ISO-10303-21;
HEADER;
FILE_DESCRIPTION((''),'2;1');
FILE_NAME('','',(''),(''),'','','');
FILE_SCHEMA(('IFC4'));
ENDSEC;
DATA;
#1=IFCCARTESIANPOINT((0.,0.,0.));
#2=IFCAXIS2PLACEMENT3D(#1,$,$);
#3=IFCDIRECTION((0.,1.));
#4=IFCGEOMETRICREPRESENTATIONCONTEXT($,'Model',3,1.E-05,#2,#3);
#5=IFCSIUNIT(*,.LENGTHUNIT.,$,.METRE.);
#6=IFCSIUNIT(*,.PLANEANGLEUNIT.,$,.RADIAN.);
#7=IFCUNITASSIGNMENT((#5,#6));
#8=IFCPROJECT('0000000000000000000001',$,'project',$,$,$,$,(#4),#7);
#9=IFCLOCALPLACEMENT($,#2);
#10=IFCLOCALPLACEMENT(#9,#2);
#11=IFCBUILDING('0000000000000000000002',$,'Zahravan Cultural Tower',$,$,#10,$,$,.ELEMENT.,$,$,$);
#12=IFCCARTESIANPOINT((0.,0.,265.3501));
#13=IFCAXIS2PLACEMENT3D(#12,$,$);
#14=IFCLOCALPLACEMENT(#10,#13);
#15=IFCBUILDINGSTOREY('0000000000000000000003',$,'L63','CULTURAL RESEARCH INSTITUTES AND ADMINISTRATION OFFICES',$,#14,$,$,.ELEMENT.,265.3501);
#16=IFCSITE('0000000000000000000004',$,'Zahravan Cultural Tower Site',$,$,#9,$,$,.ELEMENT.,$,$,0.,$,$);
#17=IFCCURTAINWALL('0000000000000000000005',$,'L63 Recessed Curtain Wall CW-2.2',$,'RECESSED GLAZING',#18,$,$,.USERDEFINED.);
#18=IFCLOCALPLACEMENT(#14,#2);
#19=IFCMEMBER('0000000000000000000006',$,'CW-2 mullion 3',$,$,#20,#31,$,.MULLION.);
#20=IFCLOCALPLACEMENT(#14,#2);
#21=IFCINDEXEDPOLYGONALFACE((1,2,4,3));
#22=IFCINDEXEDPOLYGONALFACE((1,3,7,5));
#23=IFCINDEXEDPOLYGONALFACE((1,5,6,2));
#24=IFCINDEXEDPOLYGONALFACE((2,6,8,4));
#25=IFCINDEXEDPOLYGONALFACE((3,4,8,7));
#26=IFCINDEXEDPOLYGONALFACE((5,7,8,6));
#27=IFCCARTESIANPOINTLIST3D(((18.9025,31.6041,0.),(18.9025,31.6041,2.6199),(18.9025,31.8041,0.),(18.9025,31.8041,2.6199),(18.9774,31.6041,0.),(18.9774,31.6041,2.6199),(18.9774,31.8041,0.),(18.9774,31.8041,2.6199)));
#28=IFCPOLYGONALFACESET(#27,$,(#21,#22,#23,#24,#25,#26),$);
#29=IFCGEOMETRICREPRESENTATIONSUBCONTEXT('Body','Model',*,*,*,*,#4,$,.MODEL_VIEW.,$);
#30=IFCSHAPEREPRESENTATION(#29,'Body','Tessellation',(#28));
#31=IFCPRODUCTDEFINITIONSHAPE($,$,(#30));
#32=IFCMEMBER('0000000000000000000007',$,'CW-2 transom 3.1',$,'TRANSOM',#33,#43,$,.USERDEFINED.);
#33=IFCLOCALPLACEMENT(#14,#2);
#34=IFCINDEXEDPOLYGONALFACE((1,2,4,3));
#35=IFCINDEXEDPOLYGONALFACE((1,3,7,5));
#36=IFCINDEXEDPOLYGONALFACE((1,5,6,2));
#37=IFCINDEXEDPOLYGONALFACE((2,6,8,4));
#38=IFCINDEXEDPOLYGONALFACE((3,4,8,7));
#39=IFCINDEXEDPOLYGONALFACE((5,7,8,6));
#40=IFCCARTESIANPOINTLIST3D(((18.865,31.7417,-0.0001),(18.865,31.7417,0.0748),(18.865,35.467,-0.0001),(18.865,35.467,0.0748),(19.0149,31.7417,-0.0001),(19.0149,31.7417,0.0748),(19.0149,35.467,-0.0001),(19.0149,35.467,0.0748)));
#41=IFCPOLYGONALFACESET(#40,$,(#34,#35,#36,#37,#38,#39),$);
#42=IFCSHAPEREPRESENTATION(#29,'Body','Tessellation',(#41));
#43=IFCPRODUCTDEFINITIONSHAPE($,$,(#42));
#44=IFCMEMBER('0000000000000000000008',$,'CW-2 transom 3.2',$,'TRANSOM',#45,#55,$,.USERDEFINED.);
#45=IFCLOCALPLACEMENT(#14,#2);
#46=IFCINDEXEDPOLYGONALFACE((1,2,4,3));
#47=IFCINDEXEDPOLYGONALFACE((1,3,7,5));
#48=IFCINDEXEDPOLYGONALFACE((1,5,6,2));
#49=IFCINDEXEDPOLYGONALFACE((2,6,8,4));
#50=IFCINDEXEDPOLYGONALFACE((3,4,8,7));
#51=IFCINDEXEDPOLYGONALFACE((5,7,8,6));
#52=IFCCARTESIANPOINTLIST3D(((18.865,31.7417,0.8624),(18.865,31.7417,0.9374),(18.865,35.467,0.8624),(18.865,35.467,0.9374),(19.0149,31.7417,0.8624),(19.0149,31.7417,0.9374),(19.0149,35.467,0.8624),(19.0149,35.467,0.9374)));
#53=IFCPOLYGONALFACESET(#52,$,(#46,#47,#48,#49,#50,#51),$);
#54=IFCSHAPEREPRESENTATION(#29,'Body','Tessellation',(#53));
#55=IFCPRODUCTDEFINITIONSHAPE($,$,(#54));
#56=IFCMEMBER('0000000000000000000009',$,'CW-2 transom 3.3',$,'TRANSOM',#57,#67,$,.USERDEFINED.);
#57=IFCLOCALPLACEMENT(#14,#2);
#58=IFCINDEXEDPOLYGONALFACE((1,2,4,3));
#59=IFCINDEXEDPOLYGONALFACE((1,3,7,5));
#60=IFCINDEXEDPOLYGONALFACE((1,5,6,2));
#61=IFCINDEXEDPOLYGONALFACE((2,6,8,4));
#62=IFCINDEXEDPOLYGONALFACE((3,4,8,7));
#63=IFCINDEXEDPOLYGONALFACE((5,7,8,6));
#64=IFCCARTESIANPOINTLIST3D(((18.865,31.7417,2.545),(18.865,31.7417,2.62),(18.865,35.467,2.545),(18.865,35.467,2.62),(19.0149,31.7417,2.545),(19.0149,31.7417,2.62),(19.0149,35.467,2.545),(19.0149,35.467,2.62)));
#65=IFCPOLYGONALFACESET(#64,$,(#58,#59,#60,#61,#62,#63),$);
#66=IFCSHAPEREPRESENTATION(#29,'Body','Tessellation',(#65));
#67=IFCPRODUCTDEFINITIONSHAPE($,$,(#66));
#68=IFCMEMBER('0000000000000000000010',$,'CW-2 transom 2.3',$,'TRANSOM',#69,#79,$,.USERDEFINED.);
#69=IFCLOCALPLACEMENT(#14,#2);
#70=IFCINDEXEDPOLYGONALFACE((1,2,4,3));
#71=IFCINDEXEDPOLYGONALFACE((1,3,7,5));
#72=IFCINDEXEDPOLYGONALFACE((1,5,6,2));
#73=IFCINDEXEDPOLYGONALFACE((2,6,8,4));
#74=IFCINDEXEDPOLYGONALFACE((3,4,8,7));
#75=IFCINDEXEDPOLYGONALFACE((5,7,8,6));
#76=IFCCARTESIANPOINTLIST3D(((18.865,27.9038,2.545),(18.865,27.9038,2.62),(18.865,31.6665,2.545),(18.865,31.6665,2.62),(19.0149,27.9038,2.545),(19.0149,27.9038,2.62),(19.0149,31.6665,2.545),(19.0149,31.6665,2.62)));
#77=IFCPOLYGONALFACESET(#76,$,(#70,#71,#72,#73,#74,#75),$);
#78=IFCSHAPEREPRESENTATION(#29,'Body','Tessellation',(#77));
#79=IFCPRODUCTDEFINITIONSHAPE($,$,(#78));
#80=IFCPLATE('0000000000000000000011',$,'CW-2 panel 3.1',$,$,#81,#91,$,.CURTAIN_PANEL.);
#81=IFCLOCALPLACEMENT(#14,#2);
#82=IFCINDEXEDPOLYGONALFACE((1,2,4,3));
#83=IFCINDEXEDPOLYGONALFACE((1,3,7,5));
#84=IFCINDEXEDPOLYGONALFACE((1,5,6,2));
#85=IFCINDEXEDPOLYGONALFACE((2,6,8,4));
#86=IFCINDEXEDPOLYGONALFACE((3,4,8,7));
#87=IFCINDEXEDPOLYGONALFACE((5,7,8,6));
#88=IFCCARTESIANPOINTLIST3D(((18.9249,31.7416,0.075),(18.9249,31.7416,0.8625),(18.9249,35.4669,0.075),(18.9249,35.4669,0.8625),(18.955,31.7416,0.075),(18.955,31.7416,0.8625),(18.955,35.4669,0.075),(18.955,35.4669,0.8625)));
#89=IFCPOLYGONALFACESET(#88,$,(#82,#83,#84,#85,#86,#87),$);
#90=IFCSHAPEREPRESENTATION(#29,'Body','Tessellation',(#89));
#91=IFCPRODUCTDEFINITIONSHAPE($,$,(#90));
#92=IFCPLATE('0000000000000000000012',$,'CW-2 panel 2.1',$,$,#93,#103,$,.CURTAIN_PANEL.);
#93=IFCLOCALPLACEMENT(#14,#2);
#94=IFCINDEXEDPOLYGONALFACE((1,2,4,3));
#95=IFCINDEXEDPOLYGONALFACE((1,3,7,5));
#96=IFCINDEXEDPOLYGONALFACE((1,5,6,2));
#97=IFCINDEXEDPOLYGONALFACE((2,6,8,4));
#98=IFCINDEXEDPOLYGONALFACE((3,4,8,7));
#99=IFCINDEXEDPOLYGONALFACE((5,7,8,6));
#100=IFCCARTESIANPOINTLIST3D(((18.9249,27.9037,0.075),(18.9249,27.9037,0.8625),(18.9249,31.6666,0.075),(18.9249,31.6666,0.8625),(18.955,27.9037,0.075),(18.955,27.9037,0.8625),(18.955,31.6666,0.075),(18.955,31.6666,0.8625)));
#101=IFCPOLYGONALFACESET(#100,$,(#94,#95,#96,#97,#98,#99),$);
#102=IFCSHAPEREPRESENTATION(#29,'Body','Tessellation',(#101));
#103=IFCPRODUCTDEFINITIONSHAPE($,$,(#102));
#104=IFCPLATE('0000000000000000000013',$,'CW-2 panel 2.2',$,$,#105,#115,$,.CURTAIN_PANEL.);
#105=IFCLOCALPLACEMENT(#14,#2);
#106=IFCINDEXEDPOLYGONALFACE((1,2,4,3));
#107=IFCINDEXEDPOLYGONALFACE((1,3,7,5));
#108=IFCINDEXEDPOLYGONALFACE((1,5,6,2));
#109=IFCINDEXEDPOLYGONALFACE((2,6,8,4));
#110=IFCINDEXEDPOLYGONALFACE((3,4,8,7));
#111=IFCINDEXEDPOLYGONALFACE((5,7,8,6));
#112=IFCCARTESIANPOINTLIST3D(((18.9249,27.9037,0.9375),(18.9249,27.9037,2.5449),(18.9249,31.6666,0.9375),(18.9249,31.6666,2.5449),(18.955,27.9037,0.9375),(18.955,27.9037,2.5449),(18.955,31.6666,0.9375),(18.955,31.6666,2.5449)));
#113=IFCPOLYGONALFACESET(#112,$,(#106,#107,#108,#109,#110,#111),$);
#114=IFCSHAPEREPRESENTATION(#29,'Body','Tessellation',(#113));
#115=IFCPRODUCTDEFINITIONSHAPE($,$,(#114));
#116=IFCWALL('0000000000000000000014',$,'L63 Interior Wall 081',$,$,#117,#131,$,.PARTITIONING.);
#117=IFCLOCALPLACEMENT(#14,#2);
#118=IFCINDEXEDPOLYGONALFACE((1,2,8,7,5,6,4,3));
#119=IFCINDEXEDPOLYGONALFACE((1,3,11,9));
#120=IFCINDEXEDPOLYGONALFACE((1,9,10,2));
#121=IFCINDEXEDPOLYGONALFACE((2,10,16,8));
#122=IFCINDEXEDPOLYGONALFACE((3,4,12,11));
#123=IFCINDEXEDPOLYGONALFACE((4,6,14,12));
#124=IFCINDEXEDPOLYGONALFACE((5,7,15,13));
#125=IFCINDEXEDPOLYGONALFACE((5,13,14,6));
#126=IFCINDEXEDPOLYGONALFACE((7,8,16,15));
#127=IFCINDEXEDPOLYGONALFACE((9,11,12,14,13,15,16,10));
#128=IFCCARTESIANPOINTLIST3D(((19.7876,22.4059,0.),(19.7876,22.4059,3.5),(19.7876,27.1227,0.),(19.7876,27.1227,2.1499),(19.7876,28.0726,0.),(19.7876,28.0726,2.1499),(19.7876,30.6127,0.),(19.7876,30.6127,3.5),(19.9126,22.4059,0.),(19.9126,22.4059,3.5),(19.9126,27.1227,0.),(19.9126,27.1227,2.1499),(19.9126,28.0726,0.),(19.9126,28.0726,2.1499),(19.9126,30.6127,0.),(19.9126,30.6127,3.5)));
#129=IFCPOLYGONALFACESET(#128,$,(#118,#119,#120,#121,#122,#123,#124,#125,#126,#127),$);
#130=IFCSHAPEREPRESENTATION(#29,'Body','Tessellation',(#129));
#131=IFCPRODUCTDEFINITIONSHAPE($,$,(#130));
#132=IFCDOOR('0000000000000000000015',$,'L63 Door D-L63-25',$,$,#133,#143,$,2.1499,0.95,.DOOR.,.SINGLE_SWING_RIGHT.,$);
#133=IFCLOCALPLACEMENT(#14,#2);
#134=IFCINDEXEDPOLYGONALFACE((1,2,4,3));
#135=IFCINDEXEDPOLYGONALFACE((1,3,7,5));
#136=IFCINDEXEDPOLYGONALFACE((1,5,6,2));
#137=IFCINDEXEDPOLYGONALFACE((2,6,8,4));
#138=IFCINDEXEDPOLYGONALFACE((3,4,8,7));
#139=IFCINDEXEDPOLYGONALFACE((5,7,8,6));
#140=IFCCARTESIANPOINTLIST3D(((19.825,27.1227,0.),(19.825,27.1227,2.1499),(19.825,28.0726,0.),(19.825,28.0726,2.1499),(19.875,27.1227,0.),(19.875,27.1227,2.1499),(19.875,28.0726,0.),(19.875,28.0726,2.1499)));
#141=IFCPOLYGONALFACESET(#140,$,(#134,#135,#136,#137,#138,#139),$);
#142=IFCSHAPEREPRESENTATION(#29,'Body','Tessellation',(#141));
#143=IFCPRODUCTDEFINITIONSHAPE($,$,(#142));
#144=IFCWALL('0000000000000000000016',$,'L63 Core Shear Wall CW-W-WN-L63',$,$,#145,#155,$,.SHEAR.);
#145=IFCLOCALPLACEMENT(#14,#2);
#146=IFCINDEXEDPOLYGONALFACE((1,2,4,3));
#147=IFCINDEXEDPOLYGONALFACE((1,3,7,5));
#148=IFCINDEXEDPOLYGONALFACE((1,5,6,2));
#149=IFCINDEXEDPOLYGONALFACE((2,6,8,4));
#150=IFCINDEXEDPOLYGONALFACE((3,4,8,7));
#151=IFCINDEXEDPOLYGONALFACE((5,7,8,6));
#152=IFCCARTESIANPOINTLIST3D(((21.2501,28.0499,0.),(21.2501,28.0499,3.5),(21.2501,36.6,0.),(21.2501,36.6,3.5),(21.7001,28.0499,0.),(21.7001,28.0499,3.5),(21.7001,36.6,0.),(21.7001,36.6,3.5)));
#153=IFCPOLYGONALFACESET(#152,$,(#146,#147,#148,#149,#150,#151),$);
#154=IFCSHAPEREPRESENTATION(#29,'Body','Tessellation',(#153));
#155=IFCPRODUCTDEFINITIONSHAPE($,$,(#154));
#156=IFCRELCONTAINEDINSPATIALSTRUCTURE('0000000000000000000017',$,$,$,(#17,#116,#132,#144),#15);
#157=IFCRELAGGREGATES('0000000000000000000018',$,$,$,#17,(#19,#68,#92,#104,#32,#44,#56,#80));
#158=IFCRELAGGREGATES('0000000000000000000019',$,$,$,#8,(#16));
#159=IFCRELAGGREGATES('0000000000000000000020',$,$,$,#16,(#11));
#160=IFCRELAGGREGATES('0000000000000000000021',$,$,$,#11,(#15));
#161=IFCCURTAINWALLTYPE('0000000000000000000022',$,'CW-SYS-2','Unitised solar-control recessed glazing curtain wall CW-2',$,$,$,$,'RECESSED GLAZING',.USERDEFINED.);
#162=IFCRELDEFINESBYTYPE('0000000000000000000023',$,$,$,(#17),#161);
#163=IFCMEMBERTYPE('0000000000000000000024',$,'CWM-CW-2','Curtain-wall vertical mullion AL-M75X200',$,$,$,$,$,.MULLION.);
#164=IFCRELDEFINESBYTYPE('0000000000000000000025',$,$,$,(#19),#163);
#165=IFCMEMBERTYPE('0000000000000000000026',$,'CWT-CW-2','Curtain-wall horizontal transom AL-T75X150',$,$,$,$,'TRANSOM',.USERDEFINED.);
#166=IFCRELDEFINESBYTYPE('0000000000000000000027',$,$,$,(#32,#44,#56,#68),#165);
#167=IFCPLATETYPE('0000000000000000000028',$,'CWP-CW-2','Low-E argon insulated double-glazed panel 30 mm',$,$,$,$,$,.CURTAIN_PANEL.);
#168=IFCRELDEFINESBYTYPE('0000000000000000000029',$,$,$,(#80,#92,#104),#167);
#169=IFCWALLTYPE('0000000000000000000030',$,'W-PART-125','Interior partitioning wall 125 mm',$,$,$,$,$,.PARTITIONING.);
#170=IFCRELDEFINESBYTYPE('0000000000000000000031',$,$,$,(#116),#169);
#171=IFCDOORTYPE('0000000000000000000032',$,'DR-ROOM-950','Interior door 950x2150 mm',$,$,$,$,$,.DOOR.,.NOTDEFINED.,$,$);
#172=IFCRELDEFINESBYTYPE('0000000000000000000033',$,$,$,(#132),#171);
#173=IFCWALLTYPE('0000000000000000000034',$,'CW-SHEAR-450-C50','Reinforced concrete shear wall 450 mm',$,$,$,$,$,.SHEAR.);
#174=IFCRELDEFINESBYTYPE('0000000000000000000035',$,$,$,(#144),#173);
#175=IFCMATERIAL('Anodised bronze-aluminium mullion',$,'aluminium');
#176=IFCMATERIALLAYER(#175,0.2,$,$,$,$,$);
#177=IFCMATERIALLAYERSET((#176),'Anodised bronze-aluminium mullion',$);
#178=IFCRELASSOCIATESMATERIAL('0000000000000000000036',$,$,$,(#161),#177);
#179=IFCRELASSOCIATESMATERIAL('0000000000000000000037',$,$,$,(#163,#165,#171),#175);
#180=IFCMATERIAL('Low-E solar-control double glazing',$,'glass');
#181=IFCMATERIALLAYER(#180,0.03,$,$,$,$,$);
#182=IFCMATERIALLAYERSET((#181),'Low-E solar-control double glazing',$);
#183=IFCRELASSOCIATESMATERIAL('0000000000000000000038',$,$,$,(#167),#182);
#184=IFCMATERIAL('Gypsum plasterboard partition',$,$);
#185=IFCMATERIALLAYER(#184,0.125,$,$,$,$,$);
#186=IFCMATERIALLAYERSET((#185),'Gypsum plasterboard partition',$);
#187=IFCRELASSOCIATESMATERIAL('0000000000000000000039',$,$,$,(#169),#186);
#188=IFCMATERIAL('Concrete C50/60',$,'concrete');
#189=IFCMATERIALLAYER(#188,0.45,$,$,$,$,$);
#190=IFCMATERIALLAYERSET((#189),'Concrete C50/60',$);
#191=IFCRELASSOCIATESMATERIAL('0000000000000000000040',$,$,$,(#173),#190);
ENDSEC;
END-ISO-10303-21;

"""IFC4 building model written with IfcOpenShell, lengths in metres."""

from ifc_helpers import new_model, si_unit, direction, frame, frame_2d, origin, origin_2d, place, context, subcontext, project, spatial, rectangle, extrude, source, transform, mapped, material, layer, layer_set, material_profile, profile_set, type_object, element, fill, aggregate, save


model = new_model("IFC4")

# Units and contexts
model_context = context("Model", 3, precision=1e-05, world=origin(), true_north=direction((0.0, 1.0)))
body_context = subcontext(model_context, "Body", "Model", "MODEL_VIEW")
ifc_project = project(units=[si_unit("LENGTHUNIT", "METRE"), si_unit("PLANEANGLEUNIT", "RADIAN")], contexts=[model_context])

# Site, building, storey
site_placement = place(None, origin())
site = spatial("IfcSite", under=ifc_project, at=site_placement, Name="Zahravan Cultural Tower Site", CompositionType="ELEMENT", RefElevation=0.0)
building_placement = place(site_placement, origin())
building = spatial("IfcBuilding", under=site, at=building_placement, Name="Zahravan Cultural Tower", CompositionType="ELEMENT")
storey_placement = place(building_placement, frame((0.0, 0.0, 265.3501)))
storey = spatial("IfcBuildingStorey", under=building, at=storey_placement, Name="L63", Description="CULTURAL RESEARCH INSTITUTES AND ADMINISTRATION OFFICES", CompositionType="ELEMENT", Elevation=265.3501)

# Curtain wall, members, plates
ifc_material_1 = material(Name="Anodised bronze-aluminium mullion", Category="aluminium")
ifc_layer_1 = layer(ifc_material_1, 0.2)
ifc_layer_set_1 = layer_set([ifc_layer_1], Name="Anodised bronze-aluminium mullion")
curtain_wall_type = type_object("IfcCurtainWallType", Name="CW-SYS-2", Description="Unitised solar-control recessed glazing curtain wall CW-2", ElementType="RECESSED GLAZING", PredefinedType="USERDEFINED", material=ifc_layer_set_1)
curtain_wall_placement = place(storey_placement, origin())
curtain_wall = element("IfcCurtainWall", 1, at=curtain_wall_placement, inside=storey, type_object=curtain_wall_type, Name="L63 Recessed Curtain Wall CW-2.2", ObjectType="RECESSED GLAZING", PredefinedType="USERDEFINED")
ifc_material_profile_1 = material_profile(ifc_material_1, rectangle(XDim=0.075, YDim=0.2, at=origin_2d()), Name="AL-M75X200")
ifc_profile_set_1 = profile_set([ifc_material_profile_1], Name="Anodised bronze-aluminium mullion")
member_type_1 = type_object("IfcMemberType", Name="CWM-CW-2", Description="Curtain-wall vertical mullion AL-M75X200", PredefinedType="MULLION", material=ifc_profile_set_1)
shared_shape_1 = source(origin(), body_context, "Body", "SweptSolid", [
    extrude(rectangle(XDim=0.075, YDim=0.2, at=origin_2d()), origin(), (0.0, 0.0, 1.0), 2.6199),
])
member_1_placement = place(storey_placement, frame((18.9399, 31.7041, 0.0), z_axis=(0.0, 0.0, 1.0), x_axis=(-1.0, 0.0, 0.0)))
member_1 = element("IfcMember", 2, at=member_1_placement, type_object=member_type_1, Name="CW-2 mullion 3", PredefinedType="MULLION", context=body_context, shape_type="MappedRepresentation", body=[
    mapped(shared_shape_1, transform((0.0, 0.0, 0.0), x_axis=(1.0, 0.0, 0.0), y_axis=(0.0, 1.0, 0.0), z_axis=(0.0, 0.0, 1.0), scale=1.0)),
])
ifc_material_profile_2 = material_profile(ifc_material_1, rectangle(XDim=0.1499, YDim=0.075, at=origin_2d()), Name="AL-T75X150")
ifc_profile_set_2 = profile_set([ifc_material_profile_2], Name="Anodised bronze-aluminium mullion")
member_type_2 = type_object("IfcMemberType", Name="CWT-CW-2", Description="Curtain-wall horizontal transom AL-T75X150", ElementType="TRANSOM", PredefinedType="USERDEFINED", material=ifc_profile_set_2)
shared_shape_2 = source(origin(), body_context, "Body", "SweptSolid", [
    extrude(rectangle(XDim=0.1499, YDim=0.075, at=origin_2d()), origin(), (0.0, 0.0, 1.0), 3.7253),
])
member_2_placement = place(storey_placement, frame((18.9399, 31.7417, 0.0374), z_axis=(0.0, 1.0, 0.0), x_axis=(-1.0, 0.0, 0.0)))
member_2 = element("IfcMember", 3, at=member_2_placement, type_object=member_type_2, Name="CW-2 transom 3.1", ObjectType="TRANSOM", PredefinedType="USERDEFINED", context=body_context, shape_type="MappedRepresentation", body=[
    mapped(shared_shape_2, transform((0.0, 0.0, 0.0), x_axis=(1.0, 0.0, 0.0), y_axis=(0.0, 1.0, 0.0), z_axis=(0.0, 0.0, 1.0), scale=1.0)),
])
member_3_placement = place(storey_placement, frame((18.9399, 31.7417, 0.8999), z_axis=(0.0, 1.0, 0.0), x_axis=(-1.0, 0.0, 0.0)))
member_3 = element("IfcMember", 4, at=member_3_placement, type_object=member_type_2, Name="CW-2 transom 3.2", ObjectType="TRANSOM", PredefinedType="USERDEFINED", context=body_context, shape_type="MappedRepresentation", body=[
    mapped(shared_shape_2, transform((0.0, 0.0, 0.0), x_axis=(1.0, 0.0, 0.0), y_axis=(0.0, 1.0, 0.0), z_axis=(0.0, 0.0, 1.0), scale=1.0)),
])
member_4_placement = place(storey_placement, frame((18.9399, 31.7417, 2.5825), z_axis=(0.0, 1.0, 0.0), x_axis=(-1.0, 0.0, 0.0)))
member_4 = element("IfcMember", 5, at=member_4_placement, type_object=member_type_2, Name="CW-2 transom 3.3", ObjectType="TRANSOM", PredefinedType="USERDEFINED", context=body_context, shape_type="MappedRepresentation", body=[
    mapped(shared_shape_2, transform((0.0, 0.0, 0.0), x_axis=(1.0, 0.0, 0.0), y_axis=(0.0, 1.0, 0.0), z_axis=(0.0, 0.0, 1.0), scale=1.0)),
])
shared_shape_3 = source(origin(), body_context, "Body", "SweptSolid", [
    extrude(rectangle(XDim=0.1499, YDim=0.075, at=origin_2d()), origin(), (0.0, 0.0, 1.0), 3.7627),
])
member_5_placement = place(storey_placement, frame((18.9399, 27.9038, 2.5825), z_axis=(0.0, 1.0, 0.0), x_axis=(-1.0, 0.0, 0.0)))
member_5 = element("IfcMember", 6, at=member_5_placement, type_object=member_type_2, Name="CW-2 transom 2.3", ObjectType="TRANSOM", PredefinedType="USERDEFINED", context=body_context, shape_type="MappedRepresentation", body=[
    mapped(shared_shape_3, transform((0.0, 0.0, 0.0), x_axis=(1.0, 0.0, 0.0), y_axis=(0.0, 1.0, 0.0), z_axis=(0.0, 0.0, 1.0), scale=1.0)),
])
ifc_material_2 = material(Name="Low-E solar-control double glazing", Category="glass")
ifc_layer_2 = layer(ifc_material_2, 0.03)
ifc_layer_set_2 = layer_set([ifc_layer_2], Name="Low-E solar-control double glazing")
plate_type = type_object("IfcPlateType", Name="CWP-CW-2", Description="Low-E argon insulated double-glazed panel 30 mm", PredefinedType="CURTAIN_PANEL", material=ifc_layer_set_2)
shared_shape_4 = source(origin(), body_context, "Body", "SweptSolid", [
    extrude(rectangle(XDim=3.7253, YDim=0.03, at=origin_2d()), origin(), (0.0, 0.0, 1.0), 0.7876),
])
plate_1_placement = place(storey_placement, frame((18.9399, 33.6042, 0.075), z_axis=(0.0, 0.0, 1.0), x_axis=(0.0, 1.0, 0.0)))
plate_1 = element("IfcPlate", 7, at=plate_1_placement, type_object=plate_type, Name="CW-2 panel 3.1", PredefinedType="CURTAIN_PANEL", context=body_context, shape_type="MappedRepresentation", body=[
    mapped(shared_shape_4, transform((0.0, 0.0, 0.0), x_axis=(1.0, 0.0, 0.0), y_axis=(0.0, 1.0, 0.0), z_axis=(0.0, 0.0, 1.0), scale=1.0)),
])
shared_shape_5 = source(origin(), body_context, "Body", "SweptSolid", [
    extrude(rectangle(XDim=3.7629, YDim=0.03, at=origin_2d()), origin(), (0.0, 0.0, 1.0), 0.7876),
])
plate_2_placement = place(storey_placement, frame((18.9399, 29.7852, 0.075), z_axis=(0.0, 0.0, 1.0), x_axis=(0.0, 1.0, 0.0)))
plate_2 = element("IfcPlate", 8, at=plate_2_placement, type_object=plate_type, Name="CW-2 panel 2.1", PredefinedType="CURTAIN_PANEL", context=body_context, shape_type="MappedRepresentation", body=[
    mapped(shared_shape_5, transform((0.0, 0.0, 0.0), x_axis=(1.0, 0.0, 0.0), y_axis=(0.0, 1.0, 0.0), z_axis=(0.0, 0.0, 1.0), scale=1.0)),
])
shared_shape_6 = source(origin(), body_context, "Body", "SweptSolid", [
    extrude(rectangle(XDim=3.7629, YDim=0.03, at=origin_2d()), origin(), (0.0, 0.0, 1.0), 1.6074),
])
plate_3_placement = place(storey_placement, frame((18.9399, 29.7852, 0.9375), z_axis=(0.0, 0.0, 1.0), x_axis=(0.0, 1.0, 0.0)))
plate_3 = element("IfcPlate", 9, at=plate_3_placement, type_object=plate_type, Name="CW-2 panel 2.2", PredefinedType="CURTAIN_PANEL", context=body_context, shape_type="MappedRepresentation", body=[
    mapped(shared_shape_6, transform((0.0, 0.0, 0.0), x_axis=(1.0, 0.0, 0.0), y_axis=(0.0, 1.0, 0.0), z_axis=(0.0, 0.0, 1.0), scale=1.0)),
])
aggregate(curtain_wall, [member_1, member_5, plate_2, plate_3, member_2, member_3, member_4, plate_1])

# Wall, opening, door
ifc_material_3 = material(Name="Gypsum plasterboard partition")
ifc_layer_3 = layer(ifc_material_3, 0.125)
ifc_layer_set_3 = layer_set([ifc_layer_3], Name="Gypsum plasterboard partition")
wall_type_1 = type_object("IfcWallType", Name="W-PART-125", Description="Interior partitioning wall 125 mm", PredefinedType="PARTITIONING", material=ifc_layer_set_3)
wall_1_placement = place(storey_placement, frame((19.8501, 30.6128, 0.0), z_axis=(0.0, 0.0, 1.0), x_axis=(0.0, -1.0, 0.0)))
wall_1 = element("IfcWall", 10, at=wall_1_placement, inside=storey, type_object=wall_type_1, Name="L63 Interior Wall 081", PredefinedType="PARTITIONING", context=body_context, shape_type="SweptSolid", body=[
    extrude(rectangle(XDim=8.2068, YDim=0.125, at=frame_2d((4.1035, 0.0))), origin(), (0.0, 0.0, 1.0), 3.5),
])
opening_1_placement = place(wall_1_placement, frame((2.54, 0.0, 0.0)))
opening_1 = element("IfcOpeningElement", 11, at=opening_1_placement, cuts=wall_1, PredefinedType="OPENING", context=body_context, shape_type="SweptSolid", body=[
    extrude(rectangle(XDim=0.95, YDim=2.1499, at=frame_2d((0.4751, 1.075))), frame((0.0, 0.0725, 0.0), z_axis=(0.0, -1.0, 0.0), x_axis=(1.0, 0.0, 0.0)), (0.0, 0.0, 1.0), 0.145),
])
door_type = type_object("IfcDoorType", Name="DR-ROOM-950", Description="Interior door 950x2150 mm", OperationType="NOTDEFINED", PredefinedType="DOOR", material=ifc_material_1)
shared_shape_7 = source(origin(), body_context, "Body", "SweptSolid", [
    extrude(rectangle(XDim=0.95, YDim=2.1499, at=frame_2d((0.4751, 1.075))), frame((0.0, 0.0249, 0.0), z_axis=(0.0, -1.0, 0.0), x_axis=(1.0, 0.0, 0.0)), (0.0, 0.0, 1.0), 0.05),
])
door_1_placement = place(opening_1_placement, origin())
door_1 = element("IfcDoor", 12, at=door_1_placement, inside=storey, type_object=door_type, Name="L63 Door D-L63-25", OperationType="SINGLE_SWING_RIGHT", OverallHeight=2.1499, OverallWidth=0.95, PredefinedType="DOOR", context=body_context, shape_type="MappedRepresentation", body=[
    mapped(shared_shape_7, transform((0.0, 0.0, 0.0), x_axis=(1.0, 0.0, 0.0), y_axis=(0.0, 1.0, 0.0), z_axis=(0.0, 0.0, 1.0), scale=1.0)),
])
fill(opening_1, door_1)

# Wall
ifc_material_4 = material(Name="Concrete C50/60", Category="concrete")
ifc_layer_4 = layer(ifc_material_4, 0.45)
ifc_layer_set_4 = layer_set([ifc_layer_4], Name="Concrete C50/60")
wall_type_2 = type_object("IfcWallType", Name="CW-SHEAR-450-C50", Description="Reinforced concrete shear wall 450 mm", PredefinedType="SHEAR", material=ifc_layer_set_4)
shared_shape_8 = source(origin(), body_context, "Body", "SweptSolid", [
    extrude(rectangle(XDim=8.55, YDim=0.45, at=frame_2d((4.2749, 0.0))), origin(), (0.0, 0.0, 1.0), 3.5),
])
wall_2_placement = place(storey_placement, frame((21.4751, 28.05, 0.0), z_axis=(0.0, 0.0, 1.0), x_axis=(0.0, 1.0, 0.0)))
element("IfcWall", 13, at=wall_2_placement, inside=storey, type_object=wall_type_2, Name="L63 Core Shear Wall CW-W-WN-L63", PredefinedType="SHEAR", context=body_context, shape_type="MappedRepresentation", body=[
    mapped(shared_shape_8, transform((0.0, 0.0, 0.0), x_axis=(1.0, 0.0, 0.0), y_axis=(0.0, 1.0, 0.0), z_axis=(0.0, 0.0, 1.0), scale=1.0)),
])

save(model, "model.ifc")
